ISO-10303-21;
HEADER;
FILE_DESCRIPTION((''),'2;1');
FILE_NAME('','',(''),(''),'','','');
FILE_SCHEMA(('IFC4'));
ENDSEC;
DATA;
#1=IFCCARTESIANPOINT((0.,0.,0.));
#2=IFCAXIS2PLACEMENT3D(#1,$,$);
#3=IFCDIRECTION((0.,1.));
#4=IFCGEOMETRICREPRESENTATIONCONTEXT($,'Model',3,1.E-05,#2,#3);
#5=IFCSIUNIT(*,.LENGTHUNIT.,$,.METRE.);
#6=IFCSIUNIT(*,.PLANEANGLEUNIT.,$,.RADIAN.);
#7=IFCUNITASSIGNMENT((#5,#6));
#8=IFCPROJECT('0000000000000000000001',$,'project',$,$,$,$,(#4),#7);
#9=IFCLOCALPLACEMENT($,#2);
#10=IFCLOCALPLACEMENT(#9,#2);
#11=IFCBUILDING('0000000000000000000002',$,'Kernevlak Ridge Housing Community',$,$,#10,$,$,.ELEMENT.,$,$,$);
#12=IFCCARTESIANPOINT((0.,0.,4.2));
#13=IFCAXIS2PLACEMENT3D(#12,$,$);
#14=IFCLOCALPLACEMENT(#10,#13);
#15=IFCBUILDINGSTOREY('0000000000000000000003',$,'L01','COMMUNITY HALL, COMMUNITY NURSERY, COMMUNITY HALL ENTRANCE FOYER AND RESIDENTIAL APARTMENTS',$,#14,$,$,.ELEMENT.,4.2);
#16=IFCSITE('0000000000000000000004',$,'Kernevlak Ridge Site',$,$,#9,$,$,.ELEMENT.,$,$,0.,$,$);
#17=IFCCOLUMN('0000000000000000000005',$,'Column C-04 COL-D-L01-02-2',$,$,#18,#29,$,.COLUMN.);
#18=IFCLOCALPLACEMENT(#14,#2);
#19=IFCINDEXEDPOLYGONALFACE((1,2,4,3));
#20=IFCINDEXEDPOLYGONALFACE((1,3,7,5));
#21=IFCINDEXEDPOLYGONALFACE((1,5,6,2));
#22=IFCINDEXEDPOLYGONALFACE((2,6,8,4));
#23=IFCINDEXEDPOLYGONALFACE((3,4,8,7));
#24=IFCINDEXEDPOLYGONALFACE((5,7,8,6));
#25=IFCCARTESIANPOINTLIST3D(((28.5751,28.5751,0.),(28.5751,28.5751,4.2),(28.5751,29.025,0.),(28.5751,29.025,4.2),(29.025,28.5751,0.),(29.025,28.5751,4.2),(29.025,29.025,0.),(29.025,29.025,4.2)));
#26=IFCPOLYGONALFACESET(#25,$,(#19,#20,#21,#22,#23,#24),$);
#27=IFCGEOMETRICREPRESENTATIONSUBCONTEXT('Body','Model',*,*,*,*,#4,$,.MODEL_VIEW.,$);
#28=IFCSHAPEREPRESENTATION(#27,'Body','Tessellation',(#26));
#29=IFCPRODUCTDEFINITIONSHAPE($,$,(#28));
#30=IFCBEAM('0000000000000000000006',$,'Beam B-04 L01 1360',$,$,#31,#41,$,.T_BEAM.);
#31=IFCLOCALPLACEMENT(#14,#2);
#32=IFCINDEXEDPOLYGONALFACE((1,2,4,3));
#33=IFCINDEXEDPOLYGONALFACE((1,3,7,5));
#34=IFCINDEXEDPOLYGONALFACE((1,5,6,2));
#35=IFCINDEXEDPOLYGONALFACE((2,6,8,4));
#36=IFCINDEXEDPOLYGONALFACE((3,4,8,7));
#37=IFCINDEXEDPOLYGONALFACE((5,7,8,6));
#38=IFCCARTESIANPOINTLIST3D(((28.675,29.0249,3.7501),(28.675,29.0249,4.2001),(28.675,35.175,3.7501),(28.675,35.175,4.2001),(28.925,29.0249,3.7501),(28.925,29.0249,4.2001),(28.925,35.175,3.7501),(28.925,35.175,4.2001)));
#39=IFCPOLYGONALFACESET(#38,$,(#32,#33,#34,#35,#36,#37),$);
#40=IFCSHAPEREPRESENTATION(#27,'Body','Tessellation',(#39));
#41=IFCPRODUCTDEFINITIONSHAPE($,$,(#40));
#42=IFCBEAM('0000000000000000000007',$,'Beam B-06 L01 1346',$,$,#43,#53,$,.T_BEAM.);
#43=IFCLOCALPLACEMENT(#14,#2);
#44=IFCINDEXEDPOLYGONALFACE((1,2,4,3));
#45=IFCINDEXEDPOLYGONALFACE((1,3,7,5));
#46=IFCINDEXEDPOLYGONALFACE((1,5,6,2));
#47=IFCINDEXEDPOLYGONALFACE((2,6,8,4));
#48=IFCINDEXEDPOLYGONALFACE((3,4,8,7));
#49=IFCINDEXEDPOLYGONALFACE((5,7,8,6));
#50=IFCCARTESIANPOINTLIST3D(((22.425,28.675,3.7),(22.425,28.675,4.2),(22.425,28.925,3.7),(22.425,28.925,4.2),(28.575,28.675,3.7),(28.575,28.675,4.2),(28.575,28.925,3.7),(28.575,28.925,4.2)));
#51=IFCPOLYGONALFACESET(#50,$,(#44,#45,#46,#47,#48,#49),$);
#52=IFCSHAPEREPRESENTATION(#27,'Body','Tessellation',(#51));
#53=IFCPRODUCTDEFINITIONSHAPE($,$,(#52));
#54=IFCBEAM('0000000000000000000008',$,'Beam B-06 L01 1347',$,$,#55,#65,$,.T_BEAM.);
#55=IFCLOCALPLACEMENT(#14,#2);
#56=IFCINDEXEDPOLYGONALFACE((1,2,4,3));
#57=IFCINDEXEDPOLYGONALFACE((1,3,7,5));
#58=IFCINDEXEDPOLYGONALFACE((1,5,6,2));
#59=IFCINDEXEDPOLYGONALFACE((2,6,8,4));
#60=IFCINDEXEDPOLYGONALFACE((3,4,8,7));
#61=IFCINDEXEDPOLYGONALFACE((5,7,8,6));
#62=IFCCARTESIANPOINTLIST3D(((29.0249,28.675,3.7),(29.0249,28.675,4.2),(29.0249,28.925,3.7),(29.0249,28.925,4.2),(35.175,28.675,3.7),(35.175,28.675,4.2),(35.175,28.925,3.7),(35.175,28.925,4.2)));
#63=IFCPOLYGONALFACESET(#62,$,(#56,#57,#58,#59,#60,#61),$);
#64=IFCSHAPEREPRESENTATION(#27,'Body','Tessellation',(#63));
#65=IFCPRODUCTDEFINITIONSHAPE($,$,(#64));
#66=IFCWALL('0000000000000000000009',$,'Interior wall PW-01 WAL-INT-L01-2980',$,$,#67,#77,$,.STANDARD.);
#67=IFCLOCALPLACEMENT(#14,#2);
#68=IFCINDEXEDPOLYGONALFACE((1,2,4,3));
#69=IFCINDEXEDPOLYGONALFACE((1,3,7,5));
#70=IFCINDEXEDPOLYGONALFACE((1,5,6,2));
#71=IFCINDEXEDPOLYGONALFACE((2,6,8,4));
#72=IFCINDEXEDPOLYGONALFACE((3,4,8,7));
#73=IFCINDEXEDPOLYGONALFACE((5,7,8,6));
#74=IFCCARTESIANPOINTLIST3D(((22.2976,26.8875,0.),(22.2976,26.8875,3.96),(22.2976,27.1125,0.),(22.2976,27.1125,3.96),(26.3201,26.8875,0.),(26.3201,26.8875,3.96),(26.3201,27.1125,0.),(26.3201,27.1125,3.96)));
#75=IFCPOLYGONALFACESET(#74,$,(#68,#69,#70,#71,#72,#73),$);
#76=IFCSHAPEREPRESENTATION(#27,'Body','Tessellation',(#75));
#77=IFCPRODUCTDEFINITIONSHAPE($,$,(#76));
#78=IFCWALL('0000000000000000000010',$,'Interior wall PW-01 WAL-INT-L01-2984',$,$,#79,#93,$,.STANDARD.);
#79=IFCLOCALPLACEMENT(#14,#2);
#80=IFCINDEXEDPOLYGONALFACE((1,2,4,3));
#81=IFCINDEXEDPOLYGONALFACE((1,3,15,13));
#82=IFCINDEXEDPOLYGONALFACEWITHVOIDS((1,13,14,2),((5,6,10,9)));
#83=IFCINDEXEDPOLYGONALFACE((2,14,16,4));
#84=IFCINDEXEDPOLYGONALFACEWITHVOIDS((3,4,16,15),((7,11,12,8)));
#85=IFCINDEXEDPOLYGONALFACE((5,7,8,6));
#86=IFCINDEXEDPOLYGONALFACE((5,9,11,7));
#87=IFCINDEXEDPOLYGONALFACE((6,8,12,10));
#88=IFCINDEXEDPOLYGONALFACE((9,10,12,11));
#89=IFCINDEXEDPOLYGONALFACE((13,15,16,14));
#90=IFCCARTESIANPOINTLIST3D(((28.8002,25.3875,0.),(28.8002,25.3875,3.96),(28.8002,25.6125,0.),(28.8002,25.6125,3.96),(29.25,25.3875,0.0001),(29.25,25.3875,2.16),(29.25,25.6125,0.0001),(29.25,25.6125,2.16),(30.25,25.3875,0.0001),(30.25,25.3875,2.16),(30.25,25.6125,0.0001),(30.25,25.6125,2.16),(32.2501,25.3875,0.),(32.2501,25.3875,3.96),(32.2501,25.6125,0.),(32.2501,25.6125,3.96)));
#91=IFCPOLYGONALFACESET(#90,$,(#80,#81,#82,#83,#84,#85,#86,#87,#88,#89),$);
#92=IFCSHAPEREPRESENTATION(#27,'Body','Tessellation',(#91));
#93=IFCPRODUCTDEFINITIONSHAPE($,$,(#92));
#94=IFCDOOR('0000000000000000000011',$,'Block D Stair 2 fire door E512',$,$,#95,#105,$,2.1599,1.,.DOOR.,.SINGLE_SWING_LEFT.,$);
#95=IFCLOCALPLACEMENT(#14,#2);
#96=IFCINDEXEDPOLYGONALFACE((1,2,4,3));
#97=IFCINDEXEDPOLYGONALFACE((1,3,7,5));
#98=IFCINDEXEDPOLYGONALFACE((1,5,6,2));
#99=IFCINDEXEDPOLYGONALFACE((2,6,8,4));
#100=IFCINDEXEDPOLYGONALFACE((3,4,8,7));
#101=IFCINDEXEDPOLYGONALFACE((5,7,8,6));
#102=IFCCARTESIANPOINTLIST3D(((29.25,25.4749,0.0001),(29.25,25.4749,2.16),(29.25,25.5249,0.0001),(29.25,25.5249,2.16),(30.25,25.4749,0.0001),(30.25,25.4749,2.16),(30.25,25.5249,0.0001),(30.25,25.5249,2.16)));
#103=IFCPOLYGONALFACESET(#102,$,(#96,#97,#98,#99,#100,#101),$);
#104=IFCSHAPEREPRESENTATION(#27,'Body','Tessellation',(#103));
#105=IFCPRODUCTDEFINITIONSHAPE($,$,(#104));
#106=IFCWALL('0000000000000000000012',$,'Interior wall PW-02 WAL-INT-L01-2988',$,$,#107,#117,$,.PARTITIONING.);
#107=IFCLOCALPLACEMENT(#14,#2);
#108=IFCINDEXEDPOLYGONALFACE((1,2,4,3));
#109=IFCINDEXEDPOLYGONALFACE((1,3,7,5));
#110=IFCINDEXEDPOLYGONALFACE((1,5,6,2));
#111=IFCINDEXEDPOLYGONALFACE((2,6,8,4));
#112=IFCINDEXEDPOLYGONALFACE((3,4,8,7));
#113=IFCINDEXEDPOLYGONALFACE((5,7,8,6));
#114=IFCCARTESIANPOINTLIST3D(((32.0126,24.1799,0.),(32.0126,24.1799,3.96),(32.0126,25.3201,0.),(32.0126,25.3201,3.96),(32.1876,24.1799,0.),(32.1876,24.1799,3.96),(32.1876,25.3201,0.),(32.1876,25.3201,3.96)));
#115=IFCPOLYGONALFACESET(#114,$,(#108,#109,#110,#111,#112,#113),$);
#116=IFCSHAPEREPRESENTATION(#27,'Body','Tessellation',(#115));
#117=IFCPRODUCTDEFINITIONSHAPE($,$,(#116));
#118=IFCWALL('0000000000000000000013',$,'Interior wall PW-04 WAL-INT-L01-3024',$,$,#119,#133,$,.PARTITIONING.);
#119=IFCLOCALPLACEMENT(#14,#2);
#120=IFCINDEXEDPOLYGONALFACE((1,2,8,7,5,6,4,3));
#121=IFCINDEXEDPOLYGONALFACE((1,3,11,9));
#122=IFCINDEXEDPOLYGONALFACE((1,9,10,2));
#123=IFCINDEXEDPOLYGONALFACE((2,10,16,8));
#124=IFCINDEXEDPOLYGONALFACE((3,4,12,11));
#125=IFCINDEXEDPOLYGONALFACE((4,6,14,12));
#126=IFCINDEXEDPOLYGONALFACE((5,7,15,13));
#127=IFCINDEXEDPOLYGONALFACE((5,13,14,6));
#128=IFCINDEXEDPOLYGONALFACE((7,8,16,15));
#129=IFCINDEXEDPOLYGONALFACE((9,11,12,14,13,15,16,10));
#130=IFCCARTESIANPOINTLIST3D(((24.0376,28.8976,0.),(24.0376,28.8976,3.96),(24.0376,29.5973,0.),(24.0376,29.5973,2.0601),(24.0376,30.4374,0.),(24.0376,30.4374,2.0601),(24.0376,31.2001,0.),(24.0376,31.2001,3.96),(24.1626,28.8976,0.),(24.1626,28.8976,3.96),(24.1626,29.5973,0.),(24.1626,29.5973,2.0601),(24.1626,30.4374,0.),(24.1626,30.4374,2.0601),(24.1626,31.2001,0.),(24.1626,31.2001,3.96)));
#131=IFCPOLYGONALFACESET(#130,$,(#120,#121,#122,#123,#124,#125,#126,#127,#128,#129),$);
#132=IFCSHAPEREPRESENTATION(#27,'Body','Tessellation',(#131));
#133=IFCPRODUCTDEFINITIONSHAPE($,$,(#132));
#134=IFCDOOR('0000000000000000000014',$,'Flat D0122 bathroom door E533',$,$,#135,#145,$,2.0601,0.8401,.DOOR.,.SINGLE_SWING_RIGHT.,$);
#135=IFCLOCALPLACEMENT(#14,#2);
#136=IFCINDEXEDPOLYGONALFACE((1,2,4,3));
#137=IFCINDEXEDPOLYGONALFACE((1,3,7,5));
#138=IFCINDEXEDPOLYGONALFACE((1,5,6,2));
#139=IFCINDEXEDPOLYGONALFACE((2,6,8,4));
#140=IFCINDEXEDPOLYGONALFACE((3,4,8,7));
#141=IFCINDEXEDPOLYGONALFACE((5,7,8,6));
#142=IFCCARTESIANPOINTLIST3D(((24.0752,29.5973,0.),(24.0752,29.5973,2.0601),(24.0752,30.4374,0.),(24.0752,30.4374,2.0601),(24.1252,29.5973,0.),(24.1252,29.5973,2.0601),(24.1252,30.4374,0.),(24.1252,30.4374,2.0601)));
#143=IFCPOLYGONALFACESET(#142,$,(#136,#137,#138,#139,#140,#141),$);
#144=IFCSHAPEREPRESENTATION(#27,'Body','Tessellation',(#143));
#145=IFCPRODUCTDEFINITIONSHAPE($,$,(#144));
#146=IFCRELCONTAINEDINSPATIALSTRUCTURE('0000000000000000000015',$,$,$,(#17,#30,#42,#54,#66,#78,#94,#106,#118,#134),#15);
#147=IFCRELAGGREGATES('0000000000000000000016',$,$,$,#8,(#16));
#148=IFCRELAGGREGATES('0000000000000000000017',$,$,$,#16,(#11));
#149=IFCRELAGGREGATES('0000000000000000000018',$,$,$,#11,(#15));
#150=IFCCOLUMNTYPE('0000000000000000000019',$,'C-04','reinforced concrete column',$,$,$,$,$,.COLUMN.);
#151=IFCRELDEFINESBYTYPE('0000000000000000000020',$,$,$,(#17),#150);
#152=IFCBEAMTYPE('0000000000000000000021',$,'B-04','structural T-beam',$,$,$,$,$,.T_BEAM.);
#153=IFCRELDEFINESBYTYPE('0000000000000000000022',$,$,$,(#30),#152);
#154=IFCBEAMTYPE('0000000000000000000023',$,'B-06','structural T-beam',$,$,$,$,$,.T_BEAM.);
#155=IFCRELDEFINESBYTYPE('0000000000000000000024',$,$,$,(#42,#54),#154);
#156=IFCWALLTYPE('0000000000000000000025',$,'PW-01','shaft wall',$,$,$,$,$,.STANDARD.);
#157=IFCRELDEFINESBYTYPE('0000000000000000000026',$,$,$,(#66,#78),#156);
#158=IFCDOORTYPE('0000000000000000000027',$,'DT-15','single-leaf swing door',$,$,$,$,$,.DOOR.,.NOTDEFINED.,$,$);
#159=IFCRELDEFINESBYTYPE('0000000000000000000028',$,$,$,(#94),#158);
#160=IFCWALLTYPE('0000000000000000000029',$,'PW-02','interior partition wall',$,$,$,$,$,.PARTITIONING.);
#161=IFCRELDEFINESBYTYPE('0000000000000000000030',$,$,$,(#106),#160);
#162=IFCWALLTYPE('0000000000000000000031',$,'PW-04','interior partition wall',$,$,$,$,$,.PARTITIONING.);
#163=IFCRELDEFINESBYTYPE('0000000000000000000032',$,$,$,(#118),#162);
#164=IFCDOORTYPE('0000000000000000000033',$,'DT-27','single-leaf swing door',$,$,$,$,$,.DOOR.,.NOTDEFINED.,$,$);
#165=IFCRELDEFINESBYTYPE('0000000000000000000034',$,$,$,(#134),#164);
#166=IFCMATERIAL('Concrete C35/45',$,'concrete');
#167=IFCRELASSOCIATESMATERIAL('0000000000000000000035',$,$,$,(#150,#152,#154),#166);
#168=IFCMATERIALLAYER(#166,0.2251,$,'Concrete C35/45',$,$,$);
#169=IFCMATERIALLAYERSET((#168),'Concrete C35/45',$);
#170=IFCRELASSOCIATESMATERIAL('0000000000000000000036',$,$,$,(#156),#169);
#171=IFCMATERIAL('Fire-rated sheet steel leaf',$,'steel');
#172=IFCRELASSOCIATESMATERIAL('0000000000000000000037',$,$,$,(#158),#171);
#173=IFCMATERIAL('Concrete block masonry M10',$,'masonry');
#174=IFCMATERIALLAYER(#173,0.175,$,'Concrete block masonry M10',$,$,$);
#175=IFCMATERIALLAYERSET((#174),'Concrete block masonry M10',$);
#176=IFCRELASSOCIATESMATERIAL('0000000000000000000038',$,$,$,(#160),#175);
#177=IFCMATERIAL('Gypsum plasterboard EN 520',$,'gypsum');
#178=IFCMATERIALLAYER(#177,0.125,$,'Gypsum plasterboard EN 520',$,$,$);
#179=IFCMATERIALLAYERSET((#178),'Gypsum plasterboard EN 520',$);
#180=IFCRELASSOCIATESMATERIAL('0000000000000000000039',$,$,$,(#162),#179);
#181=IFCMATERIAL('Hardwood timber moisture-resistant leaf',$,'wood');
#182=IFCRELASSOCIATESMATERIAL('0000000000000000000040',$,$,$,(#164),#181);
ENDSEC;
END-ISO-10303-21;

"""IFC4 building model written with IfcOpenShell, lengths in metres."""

from ifc_helpers import new_model, si_unit, direction, frame, frame_2d, origin, origin_2d, place, context, subcontext, project, spatial, rectangle, extrude, material, layer, layer_set, material_profile, profile_set, type_object, element, fill, save


model = new_model("IFC4")

# Units and contexts
model_context = context("Model", 3, precision=1e-05, world=origin(), true_north=direction((0.0, 1.0)))
body_context = subcontext(model_context, "Body", "Model", "MODEL_VIEW")
ifc_project = project(units=[si_unit("LENGTHUNIT", "METRE"), si_unit("PLANEANGLEUNIT", "RADIAN")], contexts=[model_context])

# Site, building, storey
site_placement = place(None, origin())
site = spatial("IfcSite", under=ifc_project, at=site_placement, Name="Kernevlak Ridge Site", CompositionType="ELEMENT", RefElevation=0.0)
building_placement = place(site_placement, origin())
building = spatial("IfcBuilding", under=site, at=building_placement, Name="Kernevlak Ridge Housing Community", CompositionType="ELEMENT")
storey_placement = place(building_placement, frame((0.0, 0.0, 4.2)))
storey = spatial("IfcBuildingStorey", under=building, at=storey_placement, Name="L01", Description="COMMUNITY HALL, COMMUNITY NURSERY, COMMUNITY HALL ENTRANCE FOYER AND RESIDENTIAL APARTMENTS", CompositionType="ELEMENT", Elevation=4.2)

# Column
ifc_material_1 = material(Name="Concrete C35/45", Category="concrete")
ifc_material_profile_1 = material_profile(ifc_material_1, rectangle(XDim=0.45, YDim=0.45, at=origin_2d()), Name="RC 450x450")
ifc_profile_set_1 = profile_set([ifc_material_profile_1], Name="Concrete C35/45")
column_type = type_object("IfcColumnType", Name="C-04", Description="reinforced concrete column", PredefinedType="COLUMN", material=ifc_profile_set_1)
column_placement = place(storey_placement, frame((28.8, 28.8, 0.0), z_axis=(0.0, 0.0, 1.0), x_axis=(1.0, 0.0, 0.0)))
element("IfcColumn", 1, at=column_placement, inside=storey, type_object=column_type, Name="Column C-04 COL-D-L01-02-2", PredefinedType="COLUMN", context=body_context, shape_type="SweptSolid", body=[
    extrude(rectangle(XDim=0.45, YDim=0.45, at=origin_2d()), origin(), (0.0, 0.0, 1.0), 4.2),
])

# Beams
ifc_material_profile_2 = material_profile(ifc_material_1, rectangle(XDim=0.25, YDim=0.45, at=origin_2d()), Name="RC 250x450")
ifc_profile_set_2 = profile_set([ifc_material_profile_2], Name="Concrete C35/45")
beam_type_1 = type_object("IfcBeamType", Name="B-04", Description="structural T-beam", PredefinedType="T_BEAM", material=ifc_profile_set_2)
beam_1_placement = place(storey_placement, frame((28.8, 29.0249, 3.9751), z_axis=(0.0, 1.0, 0.0), x_axis=(-1.0, 0.0, 0.0)))
element("IfcBeam", 2, at=beam_1_placement, inside=storey, type_object=beam_type_1, Name="Beam B-04 L01 1360", PredefinedType="T_BEAM", context=body_context, shape_type="SweptSolid", body=[
    extrude(rectangle(XDim=0.25, YDim=0.45, at=origin_2d()), origin(), (0.0, 0.0, 1.0), 6.1501),
])
ifc_material_profile_3 = material_profile(ifc_material_1, rectangle(XDim=0.25, YDim=0.5, at=origin_2d()), Name="RC 250x500")
ifc_profile_set_3 = profile_set([ifc_material_profile_3], Name="Concrete C35/45")
beam_type_2 = type_object("IfcBeamType", Name="B-06", Description="structural T-beam", PredefinedType="T_BEAM", material=ifc_profile_set_3)
beam_2_placement = place(storey_placement, frame((22.425, 28.8, 3.95), z_axis=(1.0, 0.0, 0.0), x_axis=(0.0, 1.0, 0.0)))
element("IfcBeam", 3, at=beam_2_placement, inside=storey, type_object=beam_type_2, Name="Beam B-06 L01 1346", PredefinedType="T_BEAM", context=body_context, shape_type="SweptSolid", body=[
    extrude(rectangle(XDim=0.25, YDim=0.5, at=origin_2d()), origin(), (0.0, 0.0, 1.0), 6.1499),
])
beam_3_placement = place(storey_placement, frame((29.0249, 28.8, 3.95), z_axis=(1.0, 0.0, 0.0), x_axis=(0.0, 1.0, 0.0)))
element("IfcBeam", 4, at=beam_3_placement, inside=storey, type_object=beam_type_2, Name="Beam B-06 L01 1347", PredefinedType="T_BEAM", context=body_context, shape_type="SweptSolid", body=[
    extrude(rectangle(XDim=0.25, YDim=0.5, at=origin_2d()), origin(), (0.0, 0.0, 1.0), 6.1501),
])

# Wall
ifc_layer_1 = layer(ifc_material_1, 0.2251, Name="Concrete C35/45")
ifc_layer_set_1 = layer_set([ifc_layer_1], Name="Concrete C35/45")
wall_type_1 = type_object("IfcWallType", Name="PW-01", Description="shaft wall", PredefinedType="STANDARD", material=ifc_layer_set_1)
wall_1_placement = place(storey_placement, frame((22.2976, 27.0, 0.0), z_axis=(0.0, 0.0, 1.0), x_axis=(1.0, 0.0, 0.0)))
element("IfcWall", 5, at=wall_1_placement, inside=storey, type_object=wall_type_1, Name="Interior wall PW-01 WAL-INT-L01-2980", PredefinedType="STANDARD", context=body_context, shape_type="SweptSolid", body=[
    extrude(rectangle(XDim=4.0225, YDim=0.2251, at=frame_2d((2.0112, 0.0))), origin(), (0.0, 0.0, 1.0), 3.96),
])

# Wall, opening, door
wall_2_placement = place(storey_placement, frame((28.8, 25.5, 0.0), z_axis=(0.0, 0.0, 1.0), x_axis=(1.0, 0.0, 0.0)))
wall_2 = element("IfcWall", 6, at=wall_2_placement, inside=storey, type_object=wall_type_1, Name="Interior wall PW-01 WAL-INT-L01-2984", PredefinedType="STANDARD", context=body_context, shape_type="SweptSolid", body=[
    extrude(rectangle(XDim=3.45, YDim=0.2251, at=frame_2d((1.7251, 0.0))), origin(), (0.0, 0.0, 1.0), 3.96),
])
opening_1_placement = place(wall_2_placement, frame((0.45, 0.0, 0.0)))
opening_1 = element("IfcOpeningElement", 7, at=opening_1_placement, cuts=wall_2, PredefinedType="OPENING", context=body_context, shape_type="SweptSolid", body=[
    extrude(rectangle(XDim=1.0, YDim=2.1599, at=frame_2d((0.5, 1.0801))), frame((0.0, 0.1226, 0.0), z_axis=(0.0, -1.0, 0.0), x_axis=(1.0, 0.0, 0.0)), (0.0, 0.0, 1.0), 0.2451),
])
ifc_material_2 = material(Name="Fire-rated sheet steel leaf", Category="steel")
door_type_1 = type_object("IfcDoorType", Name="DT-15", Description="single-leaf swing door", OperationType="NOTDEFINED", PredefinedType="DOOR", material=ifc_material_2)
door_1_placement = place(opening_1_placement, origin())
door_1 = element("IfcDoor", 8, at=door_1_placement, inside=storey, type_object=door_type_1, Name="Block D Stair 2 fire door E512", OperationType="SINGLE_SWING_LEFT", OverallHeight=2.1599, OverallWidth=1.0, PredefinedType="DOOR", context=body_context, shape_type="SweptSolid", body=[
    extrude(rectangle(XDim=1.0, YDim=2.1599, at=frame_2d((0.5, 1.0801))), frame((0.0, 0.0249, 0.0), z_axis=(0.0, -1.0, 0.0), x_axis=(1.0, 0.0, 0.0)), (0.0, 0.0, 1.0), 0.05),
])
fill(opening_1, door_1)

# Wall
ifc_material_3 = material(Name="Concrete block masonry M10", Category="masonry")
ifc_layer_2 = layer(ifc_material_3, 0.175, Name="Concrete block masonry M10")
ifc_layer_set_2 = layer_set([ifc_layer_2], Name="Concrete block masonry M10")
wall_type_2 = type_object("IfcWallType", Name="PW-02", Description="interior partition wall", PredefinedType="PARTITIONING", material=ifc_layer_set_2)
wall_3_placement = place(storey_placement, frame((32.1001, 24.1799, 0.0), z_axis=(0.0, 0.0, 1.0), x_axis=(0.0, 1.0, 0.0)))
element("IfcWall", 9, at=wall_3_placement, inside=storey, type_object=wall_type_2, Name="Interior wall PW-02 WAL-INT-L01-2988", PredefinedType="PARTITIONING", context=body_context, shape_type="SweptSolid", body=[
    extrude(rectangle(XDim=1.1401, YDim=0.175, at=frame_2d((0.5701, 0.0))), origin(), (0.0, 0.0, 1.0), 3.96),
])

# Wall, opening, door
ifc_material_4 = material(Name="Gypsum plasterboard EN 520", Category="gypsum")
ifc_layer_3 = layer(ifc_material_4, 0.125, Name="Gypsum plasterboard EN 520")
ifc_layer_set_3 = layer_set([ifc_layer_3], Name="Gypsum plasterboard EN 520")
wall_type_3 = type_object("IfcWallType", Name="PW-04", Description="interior partition wall", PredefinedType="PARTITIONING", material=ifc_layer_set_3)
wall_4_placement = place(storey_placement, frame((24.1001, 28.8975, 0.0), z_axis=(0.0, 0.0, 1.0), x_axis=(0.0, 1.0, 0.0)))
wall_4 = element("IfcWall", 10, at=wall_4_placement, inside=storey, type_object=wall_type_3, Name="Interior wall PW-04 WAL-INT-L01-3024", PredefinedType="PARTITIONING", context=body_context, shape_type="SweptSolid", body=[
    extrude(rectangle(XDim=2.3025, YDim=0.125, at=frame_2d((1.1514, 0.0))), origin(), (0.0, 0.0, 1.0), 3.96),
])
opening_2_placement = place(wall_4_placement, frame((0.7, 0.0, 0.0)))
opening_2 = element("IfcOpeningElement", 11, at=opening_2_placement, cuts=wall_4, PredefinedType="OPENING", context=body_context, shape_type="SweptSolid", body=[
    extrude(rectangle(XDim=0.8401, YDim=2.0601, at=frame_2d((0.4199, 1.03))), frame((0.0, 0.0725, 0.0), z_axis=(0.0, -1.0, 0.0), x_axis=(1.0, 0.0, 0.0)), (0.0, 0.0, 1.0), 0.145),
])
ifc_material_5 = material(Name="Hardwood timber moisture-resistant leaf", Category="wood")
door_type_2 = type_object("IfcDoorType", Name="DT-27", Description="single-leaf swing door", OperationType="NOTDEFINED", PredefinedType="DOOR", material=ifc_material_5)
door_2_placement = place(opening_2_placement, origin())
door_2 = element("IfcDoor", 12, at=door_2_placement, inside=storey, type_object=door_type_2, Name="Flat D0122 bathroom door E533", OperationType="SINGLE_SWING_RIGHT", OverallHeight=2.0601, OverallWidth=0.8401, PredefinedType="DOOR", context=body_context, shape_type="SweptSolid", body=[
    extrude(rectangle(XDim=0.8401, YDim=2.0601, at=frame_2d((0.4199, 1.03))), frame((0.0, 0.0249, 0.0), z_axis=(0.0, -1.0, 0.0), x_axis=(1.0, 0.0, 0.0)), (0.0, 0.0, 1.0), 0.05),
])
fill(opening_2, door_2)

save(model, "model.ifc")
